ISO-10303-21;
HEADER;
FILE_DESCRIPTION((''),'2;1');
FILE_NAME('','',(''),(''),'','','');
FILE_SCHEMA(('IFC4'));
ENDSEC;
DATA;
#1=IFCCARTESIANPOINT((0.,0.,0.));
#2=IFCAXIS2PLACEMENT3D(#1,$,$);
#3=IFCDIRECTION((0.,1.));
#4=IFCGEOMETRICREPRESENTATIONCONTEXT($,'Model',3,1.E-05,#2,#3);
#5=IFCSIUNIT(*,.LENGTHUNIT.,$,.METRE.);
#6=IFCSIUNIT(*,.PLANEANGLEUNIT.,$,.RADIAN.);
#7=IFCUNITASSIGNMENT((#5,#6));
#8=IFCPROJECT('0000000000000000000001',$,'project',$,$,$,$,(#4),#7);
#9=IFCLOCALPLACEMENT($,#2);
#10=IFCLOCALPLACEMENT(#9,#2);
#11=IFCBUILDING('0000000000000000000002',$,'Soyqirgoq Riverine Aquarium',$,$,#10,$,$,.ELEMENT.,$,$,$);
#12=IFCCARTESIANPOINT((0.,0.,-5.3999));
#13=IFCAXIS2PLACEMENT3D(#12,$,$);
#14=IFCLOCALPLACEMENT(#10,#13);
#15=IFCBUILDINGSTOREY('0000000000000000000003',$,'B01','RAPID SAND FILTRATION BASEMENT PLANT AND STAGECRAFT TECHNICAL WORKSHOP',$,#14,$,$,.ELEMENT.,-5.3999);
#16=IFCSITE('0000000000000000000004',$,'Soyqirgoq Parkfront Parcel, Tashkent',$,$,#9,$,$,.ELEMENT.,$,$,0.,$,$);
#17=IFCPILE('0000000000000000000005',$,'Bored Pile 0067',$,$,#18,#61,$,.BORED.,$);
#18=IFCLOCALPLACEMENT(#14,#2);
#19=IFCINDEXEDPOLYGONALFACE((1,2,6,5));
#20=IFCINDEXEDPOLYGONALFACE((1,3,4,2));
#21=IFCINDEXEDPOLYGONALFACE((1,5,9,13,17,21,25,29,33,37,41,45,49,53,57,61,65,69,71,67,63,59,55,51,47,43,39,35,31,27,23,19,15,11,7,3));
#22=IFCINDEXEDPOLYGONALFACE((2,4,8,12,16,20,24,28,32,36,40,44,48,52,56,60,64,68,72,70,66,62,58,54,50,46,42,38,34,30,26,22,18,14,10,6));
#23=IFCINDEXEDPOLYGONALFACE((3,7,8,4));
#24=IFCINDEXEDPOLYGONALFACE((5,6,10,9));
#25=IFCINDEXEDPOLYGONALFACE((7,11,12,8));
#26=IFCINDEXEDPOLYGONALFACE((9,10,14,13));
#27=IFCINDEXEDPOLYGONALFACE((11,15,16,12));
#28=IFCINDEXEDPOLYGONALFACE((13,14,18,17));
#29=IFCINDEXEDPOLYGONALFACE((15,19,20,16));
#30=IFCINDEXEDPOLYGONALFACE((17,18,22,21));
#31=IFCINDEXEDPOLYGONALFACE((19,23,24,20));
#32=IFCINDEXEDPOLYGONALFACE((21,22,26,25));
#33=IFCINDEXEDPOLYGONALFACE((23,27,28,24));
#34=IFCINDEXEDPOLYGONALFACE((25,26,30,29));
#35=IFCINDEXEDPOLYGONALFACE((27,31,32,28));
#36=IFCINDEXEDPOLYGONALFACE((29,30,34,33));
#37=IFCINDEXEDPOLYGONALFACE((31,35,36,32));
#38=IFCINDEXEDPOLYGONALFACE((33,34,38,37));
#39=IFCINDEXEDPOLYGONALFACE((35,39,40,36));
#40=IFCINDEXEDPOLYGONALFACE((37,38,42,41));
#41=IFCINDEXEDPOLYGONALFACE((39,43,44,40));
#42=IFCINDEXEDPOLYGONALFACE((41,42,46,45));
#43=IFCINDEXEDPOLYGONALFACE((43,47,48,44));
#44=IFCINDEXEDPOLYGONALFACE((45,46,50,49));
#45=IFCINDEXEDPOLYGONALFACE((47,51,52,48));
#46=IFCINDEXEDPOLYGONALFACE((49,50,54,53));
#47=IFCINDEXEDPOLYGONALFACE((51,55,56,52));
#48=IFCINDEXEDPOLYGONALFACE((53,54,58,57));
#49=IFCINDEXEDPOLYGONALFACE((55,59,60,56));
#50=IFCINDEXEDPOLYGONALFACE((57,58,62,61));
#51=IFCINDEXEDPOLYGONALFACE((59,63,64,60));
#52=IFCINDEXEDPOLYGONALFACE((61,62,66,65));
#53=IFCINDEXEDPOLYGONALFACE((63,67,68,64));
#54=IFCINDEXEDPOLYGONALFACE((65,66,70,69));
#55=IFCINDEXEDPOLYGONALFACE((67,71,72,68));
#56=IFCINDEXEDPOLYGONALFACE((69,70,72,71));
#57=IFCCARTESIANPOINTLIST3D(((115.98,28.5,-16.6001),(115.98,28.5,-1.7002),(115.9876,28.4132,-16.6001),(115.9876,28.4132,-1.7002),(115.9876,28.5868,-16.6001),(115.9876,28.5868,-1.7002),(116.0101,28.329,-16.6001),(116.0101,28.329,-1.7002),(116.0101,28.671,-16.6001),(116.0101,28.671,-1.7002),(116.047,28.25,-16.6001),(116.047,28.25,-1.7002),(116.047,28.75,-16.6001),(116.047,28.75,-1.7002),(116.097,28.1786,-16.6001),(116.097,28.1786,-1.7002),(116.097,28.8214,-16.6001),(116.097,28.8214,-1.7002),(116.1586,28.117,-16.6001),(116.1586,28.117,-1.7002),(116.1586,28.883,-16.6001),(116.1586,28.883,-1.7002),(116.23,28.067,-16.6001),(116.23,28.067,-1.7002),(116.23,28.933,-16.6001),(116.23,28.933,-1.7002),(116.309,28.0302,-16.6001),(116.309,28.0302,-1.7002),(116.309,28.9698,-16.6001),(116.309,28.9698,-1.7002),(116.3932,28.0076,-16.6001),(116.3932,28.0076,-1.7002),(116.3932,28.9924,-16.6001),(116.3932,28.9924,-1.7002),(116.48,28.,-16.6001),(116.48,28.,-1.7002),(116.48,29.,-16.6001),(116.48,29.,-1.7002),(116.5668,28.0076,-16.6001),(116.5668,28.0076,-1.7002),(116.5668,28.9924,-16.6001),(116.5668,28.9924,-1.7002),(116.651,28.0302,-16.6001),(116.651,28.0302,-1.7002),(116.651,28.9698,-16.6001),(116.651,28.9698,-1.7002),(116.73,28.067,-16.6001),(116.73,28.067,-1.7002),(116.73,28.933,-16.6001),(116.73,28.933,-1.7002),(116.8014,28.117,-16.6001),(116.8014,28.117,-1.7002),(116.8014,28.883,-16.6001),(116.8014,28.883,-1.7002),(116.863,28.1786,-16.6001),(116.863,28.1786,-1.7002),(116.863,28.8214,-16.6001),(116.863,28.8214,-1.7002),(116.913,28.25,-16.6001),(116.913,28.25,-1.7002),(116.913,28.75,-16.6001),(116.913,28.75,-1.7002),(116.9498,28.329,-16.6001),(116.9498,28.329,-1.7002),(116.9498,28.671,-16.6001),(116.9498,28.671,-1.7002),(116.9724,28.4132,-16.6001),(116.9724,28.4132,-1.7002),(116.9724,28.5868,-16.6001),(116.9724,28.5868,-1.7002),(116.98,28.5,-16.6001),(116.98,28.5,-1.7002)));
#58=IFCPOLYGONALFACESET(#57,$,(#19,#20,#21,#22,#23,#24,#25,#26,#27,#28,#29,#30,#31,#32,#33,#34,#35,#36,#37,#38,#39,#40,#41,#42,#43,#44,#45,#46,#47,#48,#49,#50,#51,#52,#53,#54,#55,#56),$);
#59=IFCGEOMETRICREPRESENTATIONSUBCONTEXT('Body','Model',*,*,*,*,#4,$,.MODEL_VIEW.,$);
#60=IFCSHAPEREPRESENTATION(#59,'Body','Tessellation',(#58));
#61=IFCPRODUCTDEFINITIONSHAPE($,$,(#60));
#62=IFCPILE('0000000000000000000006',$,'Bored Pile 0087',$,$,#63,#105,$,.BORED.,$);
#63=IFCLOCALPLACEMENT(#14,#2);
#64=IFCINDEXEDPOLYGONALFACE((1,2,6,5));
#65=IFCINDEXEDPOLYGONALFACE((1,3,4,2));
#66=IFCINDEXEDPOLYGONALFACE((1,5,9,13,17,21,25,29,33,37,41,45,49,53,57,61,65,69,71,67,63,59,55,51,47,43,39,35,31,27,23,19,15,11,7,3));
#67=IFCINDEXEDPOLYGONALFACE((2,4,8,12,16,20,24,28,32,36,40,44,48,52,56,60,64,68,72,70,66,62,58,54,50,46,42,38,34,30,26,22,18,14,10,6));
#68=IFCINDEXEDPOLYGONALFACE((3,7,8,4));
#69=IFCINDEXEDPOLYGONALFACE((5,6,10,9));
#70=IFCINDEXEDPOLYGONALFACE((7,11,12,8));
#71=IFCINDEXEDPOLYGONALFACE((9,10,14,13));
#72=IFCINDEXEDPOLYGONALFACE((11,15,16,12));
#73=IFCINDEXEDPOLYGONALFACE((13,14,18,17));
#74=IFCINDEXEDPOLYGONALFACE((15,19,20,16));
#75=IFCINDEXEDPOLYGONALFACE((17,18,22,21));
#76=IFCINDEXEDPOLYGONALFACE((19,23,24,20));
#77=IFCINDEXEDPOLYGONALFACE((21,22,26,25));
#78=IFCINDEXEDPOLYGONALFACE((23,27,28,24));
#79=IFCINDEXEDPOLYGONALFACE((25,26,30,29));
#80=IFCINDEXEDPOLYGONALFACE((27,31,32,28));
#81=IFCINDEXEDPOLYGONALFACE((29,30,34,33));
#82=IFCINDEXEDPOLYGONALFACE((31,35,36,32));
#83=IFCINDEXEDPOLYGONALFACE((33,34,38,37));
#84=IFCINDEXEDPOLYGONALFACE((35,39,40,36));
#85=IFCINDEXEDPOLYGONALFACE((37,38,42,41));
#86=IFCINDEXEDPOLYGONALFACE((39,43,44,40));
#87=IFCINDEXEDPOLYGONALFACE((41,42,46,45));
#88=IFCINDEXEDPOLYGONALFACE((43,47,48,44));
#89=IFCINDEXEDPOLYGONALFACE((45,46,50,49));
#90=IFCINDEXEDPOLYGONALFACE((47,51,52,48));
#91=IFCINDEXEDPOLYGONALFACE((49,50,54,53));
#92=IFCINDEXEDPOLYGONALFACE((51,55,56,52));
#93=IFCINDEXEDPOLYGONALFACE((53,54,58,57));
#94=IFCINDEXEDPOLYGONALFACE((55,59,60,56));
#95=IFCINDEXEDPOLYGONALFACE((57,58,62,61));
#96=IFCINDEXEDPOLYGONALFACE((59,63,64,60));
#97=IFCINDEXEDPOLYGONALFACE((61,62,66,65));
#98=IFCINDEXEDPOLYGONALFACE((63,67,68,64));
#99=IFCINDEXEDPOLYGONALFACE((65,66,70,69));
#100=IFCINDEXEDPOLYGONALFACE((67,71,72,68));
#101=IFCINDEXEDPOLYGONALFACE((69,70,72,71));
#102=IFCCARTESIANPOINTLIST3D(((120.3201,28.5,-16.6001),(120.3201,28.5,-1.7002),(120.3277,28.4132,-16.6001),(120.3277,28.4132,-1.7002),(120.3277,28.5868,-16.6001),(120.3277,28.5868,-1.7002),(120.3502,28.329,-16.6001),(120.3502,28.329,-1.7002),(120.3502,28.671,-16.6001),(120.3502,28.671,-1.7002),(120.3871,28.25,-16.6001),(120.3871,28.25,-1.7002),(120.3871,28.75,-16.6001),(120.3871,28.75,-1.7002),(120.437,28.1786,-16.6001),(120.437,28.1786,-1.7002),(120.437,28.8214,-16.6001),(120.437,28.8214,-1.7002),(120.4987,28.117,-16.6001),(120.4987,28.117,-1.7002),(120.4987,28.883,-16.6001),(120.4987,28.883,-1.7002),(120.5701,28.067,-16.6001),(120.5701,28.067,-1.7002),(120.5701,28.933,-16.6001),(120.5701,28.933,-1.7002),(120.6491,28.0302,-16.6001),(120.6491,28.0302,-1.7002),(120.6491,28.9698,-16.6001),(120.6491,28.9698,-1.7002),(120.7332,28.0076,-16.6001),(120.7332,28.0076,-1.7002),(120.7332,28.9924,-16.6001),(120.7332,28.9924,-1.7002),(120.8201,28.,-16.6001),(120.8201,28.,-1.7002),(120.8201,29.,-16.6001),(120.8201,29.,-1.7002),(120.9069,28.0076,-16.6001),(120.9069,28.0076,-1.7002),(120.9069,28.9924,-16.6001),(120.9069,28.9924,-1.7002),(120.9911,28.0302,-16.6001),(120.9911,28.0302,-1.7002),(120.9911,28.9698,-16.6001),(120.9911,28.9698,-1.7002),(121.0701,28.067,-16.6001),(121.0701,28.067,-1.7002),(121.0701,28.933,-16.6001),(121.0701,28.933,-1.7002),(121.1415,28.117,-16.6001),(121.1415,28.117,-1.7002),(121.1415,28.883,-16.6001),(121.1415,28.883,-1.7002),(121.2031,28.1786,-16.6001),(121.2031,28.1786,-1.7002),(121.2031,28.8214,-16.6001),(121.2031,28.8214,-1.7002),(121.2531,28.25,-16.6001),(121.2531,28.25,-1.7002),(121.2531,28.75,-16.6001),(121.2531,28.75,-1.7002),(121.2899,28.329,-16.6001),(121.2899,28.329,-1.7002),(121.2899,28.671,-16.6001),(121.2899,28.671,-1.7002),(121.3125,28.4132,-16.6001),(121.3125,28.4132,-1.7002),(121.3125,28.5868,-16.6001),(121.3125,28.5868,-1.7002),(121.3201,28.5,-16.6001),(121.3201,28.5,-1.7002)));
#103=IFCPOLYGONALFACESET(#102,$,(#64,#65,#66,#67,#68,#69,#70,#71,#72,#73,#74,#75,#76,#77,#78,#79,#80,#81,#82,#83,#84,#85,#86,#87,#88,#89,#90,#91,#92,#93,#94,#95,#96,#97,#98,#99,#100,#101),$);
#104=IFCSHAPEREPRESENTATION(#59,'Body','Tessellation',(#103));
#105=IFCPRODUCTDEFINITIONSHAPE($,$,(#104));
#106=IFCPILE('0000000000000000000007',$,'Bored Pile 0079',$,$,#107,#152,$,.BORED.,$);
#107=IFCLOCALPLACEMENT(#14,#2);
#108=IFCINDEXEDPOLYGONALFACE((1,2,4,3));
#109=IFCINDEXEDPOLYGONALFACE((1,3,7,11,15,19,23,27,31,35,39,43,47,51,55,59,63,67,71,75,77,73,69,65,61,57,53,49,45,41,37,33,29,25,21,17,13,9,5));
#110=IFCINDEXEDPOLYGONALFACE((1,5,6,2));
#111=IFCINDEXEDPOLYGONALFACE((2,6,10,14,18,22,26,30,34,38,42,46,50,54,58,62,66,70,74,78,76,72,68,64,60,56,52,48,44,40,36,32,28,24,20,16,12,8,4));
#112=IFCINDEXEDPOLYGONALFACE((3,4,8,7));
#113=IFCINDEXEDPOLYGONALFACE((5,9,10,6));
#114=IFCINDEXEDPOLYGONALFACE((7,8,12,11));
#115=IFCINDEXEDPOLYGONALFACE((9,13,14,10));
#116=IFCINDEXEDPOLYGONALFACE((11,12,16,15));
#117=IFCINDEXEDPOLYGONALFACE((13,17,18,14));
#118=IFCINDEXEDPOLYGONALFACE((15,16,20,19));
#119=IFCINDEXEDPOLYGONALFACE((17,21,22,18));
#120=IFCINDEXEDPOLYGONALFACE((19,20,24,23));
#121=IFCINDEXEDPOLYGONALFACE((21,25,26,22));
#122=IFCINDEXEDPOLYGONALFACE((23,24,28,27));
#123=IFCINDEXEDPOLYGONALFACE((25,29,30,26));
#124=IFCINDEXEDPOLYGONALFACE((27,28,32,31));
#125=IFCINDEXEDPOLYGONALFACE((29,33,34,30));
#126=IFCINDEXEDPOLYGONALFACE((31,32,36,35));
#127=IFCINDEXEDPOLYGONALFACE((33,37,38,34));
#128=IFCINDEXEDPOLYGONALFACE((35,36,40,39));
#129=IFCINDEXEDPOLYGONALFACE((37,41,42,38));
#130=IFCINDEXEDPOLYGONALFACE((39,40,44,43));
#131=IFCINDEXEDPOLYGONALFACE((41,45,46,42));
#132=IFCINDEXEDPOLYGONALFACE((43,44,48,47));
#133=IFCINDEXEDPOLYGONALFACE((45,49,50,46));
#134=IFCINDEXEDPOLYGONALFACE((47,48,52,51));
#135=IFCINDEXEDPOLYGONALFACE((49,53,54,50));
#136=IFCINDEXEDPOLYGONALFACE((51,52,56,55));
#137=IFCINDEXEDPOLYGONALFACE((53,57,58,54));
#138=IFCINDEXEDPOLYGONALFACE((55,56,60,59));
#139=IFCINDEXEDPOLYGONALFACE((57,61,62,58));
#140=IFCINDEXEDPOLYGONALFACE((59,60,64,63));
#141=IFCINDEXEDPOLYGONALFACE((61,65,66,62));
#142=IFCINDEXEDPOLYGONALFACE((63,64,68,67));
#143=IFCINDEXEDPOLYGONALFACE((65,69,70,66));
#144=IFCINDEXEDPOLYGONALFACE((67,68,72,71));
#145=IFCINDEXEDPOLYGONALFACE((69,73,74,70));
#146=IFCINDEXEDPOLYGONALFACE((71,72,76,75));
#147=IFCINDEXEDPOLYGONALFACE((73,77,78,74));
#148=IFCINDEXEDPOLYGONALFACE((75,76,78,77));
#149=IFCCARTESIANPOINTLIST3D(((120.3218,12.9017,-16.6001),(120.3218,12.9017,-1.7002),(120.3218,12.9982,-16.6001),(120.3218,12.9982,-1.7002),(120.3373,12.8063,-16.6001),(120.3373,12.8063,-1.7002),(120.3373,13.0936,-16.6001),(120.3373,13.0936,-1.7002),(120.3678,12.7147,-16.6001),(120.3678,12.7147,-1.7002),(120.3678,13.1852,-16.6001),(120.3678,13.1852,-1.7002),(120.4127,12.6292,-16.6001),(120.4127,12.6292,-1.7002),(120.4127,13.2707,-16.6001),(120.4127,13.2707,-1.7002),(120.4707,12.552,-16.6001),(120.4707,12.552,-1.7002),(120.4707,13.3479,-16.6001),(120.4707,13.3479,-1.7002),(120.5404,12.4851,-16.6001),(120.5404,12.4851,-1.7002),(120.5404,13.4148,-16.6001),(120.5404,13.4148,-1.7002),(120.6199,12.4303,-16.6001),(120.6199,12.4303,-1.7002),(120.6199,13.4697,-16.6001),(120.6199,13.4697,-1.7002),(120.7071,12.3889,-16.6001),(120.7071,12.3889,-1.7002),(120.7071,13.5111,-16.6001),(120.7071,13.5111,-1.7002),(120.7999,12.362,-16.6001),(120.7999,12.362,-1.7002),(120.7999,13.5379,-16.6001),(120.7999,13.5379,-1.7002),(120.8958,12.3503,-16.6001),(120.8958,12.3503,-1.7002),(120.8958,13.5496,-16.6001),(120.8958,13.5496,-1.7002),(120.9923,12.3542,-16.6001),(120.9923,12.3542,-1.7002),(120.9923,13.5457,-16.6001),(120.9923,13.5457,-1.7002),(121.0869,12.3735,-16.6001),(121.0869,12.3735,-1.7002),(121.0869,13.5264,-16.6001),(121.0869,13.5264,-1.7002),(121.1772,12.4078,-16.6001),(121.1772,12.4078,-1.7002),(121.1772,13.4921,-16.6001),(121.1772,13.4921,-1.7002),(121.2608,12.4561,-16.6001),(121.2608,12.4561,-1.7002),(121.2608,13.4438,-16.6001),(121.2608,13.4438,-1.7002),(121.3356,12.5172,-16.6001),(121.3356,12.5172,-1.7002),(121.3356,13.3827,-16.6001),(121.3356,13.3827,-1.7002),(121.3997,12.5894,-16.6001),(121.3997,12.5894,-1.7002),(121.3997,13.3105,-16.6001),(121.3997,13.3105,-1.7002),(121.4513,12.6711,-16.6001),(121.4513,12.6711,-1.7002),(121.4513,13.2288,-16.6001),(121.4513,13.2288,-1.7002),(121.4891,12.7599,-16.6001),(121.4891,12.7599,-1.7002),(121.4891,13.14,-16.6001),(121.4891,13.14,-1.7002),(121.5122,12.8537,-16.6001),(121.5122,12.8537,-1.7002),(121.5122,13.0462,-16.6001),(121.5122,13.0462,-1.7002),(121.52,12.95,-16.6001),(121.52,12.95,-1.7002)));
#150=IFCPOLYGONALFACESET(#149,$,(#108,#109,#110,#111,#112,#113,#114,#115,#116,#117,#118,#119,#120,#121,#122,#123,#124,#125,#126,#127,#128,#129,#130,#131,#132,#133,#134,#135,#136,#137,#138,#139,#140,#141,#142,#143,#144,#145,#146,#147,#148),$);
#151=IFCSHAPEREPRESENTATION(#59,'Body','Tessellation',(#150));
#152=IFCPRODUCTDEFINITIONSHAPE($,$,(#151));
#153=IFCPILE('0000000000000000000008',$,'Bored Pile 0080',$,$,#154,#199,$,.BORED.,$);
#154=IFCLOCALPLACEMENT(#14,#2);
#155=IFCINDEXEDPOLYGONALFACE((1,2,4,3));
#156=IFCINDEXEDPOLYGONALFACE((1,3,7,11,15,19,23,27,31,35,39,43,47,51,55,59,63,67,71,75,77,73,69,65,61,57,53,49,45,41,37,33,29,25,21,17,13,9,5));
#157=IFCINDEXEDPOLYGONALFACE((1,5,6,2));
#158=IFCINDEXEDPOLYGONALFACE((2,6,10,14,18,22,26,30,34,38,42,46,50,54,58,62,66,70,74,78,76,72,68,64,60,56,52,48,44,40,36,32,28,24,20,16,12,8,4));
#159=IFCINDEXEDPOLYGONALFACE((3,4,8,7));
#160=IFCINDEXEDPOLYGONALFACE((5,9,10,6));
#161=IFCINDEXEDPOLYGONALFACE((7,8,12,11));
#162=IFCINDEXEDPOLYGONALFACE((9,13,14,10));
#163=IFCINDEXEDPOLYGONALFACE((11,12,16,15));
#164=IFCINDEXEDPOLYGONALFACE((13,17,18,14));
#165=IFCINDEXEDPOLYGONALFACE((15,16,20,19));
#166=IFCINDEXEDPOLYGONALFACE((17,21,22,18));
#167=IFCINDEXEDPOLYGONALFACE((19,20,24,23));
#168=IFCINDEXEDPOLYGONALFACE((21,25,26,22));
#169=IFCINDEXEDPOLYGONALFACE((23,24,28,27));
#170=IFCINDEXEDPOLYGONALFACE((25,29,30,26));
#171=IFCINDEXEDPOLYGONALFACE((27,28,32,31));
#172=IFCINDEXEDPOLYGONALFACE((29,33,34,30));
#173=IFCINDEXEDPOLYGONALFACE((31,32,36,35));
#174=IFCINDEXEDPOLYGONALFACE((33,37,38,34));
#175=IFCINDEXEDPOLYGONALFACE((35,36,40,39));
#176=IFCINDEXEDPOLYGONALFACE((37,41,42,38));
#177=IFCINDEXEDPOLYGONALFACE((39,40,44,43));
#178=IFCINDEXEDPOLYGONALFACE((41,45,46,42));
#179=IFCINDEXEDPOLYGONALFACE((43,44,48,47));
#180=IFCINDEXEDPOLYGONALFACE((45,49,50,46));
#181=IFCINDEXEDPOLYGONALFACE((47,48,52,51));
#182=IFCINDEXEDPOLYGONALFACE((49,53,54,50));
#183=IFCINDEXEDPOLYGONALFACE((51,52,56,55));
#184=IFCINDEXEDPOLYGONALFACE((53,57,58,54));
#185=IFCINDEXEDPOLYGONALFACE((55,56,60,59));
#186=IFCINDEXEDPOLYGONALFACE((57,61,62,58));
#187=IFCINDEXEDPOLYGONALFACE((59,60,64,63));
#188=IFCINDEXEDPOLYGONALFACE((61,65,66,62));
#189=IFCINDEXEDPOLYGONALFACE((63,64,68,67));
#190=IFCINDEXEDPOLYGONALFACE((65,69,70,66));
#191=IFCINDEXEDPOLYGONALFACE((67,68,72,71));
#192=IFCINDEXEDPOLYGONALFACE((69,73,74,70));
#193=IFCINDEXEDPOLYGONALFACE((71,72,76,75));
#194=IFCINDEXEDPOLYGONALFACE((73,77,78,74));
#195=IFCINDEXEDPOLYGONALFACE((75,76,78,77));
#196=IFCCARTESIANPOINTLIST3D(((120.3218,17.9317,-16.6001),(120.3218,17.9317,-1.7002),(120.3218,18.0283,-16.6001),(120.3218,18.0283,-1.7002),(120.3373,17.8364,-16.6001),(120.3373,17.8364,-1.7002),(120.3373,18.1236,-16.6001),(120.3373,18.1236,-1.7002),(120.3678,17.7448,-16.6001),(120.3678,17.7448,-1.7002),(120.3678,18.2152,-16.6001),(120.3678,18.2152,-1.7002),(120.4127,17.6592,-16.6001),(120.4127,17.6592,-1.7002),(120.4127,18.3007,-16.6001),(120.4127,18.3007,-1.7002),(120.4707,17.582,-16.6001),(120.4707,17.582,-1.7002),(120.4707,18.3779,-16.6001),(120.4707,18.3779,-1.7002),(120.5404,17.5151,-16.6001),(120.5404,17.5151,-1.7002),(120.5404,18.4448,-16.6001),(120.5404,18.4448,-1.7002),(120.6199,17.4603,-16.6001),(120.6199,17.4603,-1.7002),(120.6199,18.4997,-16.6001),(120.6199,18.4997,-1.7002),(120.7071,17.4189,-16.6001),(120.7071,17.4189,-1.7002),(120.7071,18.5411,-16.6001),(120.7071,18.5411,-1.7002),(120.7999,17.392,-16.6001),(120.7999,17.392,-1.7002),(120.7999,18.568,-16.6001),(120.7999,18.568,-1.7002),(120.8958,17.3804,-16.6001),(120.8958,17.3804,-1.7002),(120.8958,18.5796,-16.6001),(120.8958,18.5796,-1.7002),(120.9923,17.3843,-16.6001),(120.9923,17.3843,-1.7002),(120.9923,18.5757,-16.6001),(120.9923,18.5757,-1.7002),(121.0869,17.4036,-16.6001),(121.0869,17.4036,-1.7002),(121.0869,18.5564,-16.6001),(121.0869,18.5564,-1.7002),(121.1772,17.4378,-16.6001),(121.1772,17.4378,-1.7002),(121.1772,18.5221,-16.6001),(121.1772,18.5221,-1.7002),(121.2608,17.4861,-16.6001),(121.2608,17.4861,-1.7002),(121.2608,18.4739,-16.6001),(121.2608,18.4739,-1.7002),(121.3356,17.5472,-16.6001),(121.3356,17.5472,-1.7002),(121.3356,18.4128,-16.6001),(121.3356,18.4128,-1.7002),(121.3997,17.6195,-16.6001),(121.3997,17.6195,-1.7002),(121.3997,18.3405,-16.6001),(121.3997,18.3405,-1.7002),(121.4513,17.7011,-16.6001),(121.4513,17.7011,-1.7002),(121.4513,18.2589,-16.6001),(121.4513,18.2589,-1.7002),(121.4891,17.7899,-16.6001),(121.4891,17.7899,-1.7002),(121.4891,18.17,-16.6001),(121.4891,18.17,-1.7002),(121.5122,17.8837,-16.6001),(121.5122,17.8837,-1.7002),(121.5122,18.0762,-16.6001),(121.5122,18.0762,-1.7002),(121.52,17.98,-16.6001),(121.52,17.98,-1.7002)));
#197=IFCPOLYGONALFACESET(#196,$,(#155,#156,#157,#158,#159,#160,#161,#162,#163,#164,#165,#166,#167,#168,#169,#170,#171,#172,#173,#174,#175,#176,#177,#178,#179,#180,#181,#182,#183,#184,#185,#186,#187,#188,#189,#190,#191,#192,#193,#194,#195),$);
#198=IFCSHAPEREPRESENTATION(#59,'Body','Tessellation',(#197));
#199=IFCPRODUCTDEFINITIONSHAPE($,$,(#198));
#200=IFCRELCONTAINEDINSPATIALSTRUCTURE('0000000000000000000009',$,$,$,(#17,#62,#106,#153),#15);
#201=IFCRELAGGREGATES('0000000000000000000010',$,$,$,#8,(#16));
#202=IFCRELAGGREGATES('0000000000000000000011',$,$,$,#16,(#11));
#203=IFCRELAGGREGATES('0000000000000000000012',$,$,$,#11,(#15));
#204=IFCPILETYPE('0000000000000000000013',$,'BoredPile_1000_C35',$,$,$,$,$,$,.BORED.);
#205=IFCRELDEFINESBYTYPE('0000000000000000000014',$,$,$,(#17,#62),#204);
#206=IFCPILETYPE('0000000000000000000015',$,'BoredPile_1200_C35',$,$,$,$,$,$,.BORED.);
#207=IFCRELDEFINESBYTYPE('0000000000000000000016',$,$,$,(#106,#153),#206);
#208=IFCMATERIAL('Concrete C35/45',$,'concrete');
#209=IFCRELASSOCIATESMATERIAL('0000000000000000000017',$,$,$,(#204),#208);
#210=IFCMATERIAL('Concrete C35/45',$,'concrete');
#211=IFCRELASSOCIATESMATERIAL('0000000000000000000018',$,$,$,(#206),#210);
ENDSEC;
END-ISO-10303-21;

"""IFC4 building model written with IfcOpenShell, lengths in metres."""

from ifc_helpers import new_model, si_unit, direction, frame, origin, origin_2d, place, context, subcontext, project, spatial, circle, extrude, material, material_profile, profile_set, type_object, element, save


model = new_model("IFC4")

# Units and contexts
model_context = context("Model", 3, precision=1e-05, world=origin(), true_north=direction((0.0, 1.0)))
body_context = subcontext(model_context, "Body", "Model", "MODEL_VIEW")
ifc_project = project(units=[si_unit("LENGTHUNIT", "METRE"), si_unit("PLANEANGLEUNIT", "RADIAN")], contexts=[model_context])

# Site, building, storey
site_placement = place(None, origin())
site = spatial("IfcSite", under=ifc_project, at=site_placement, Name="Soyqirgoq Parkfront Parcel, Tashkent", CompositionType="ELEMENT", RefElevation=0.0)
building_placement = place(site_placement, origin())
building = spatial("IfcBuilding", under=site, at=building_placement, Name="Soyqirgoq Riverine Aquarium", CompositionType="ELEMENT")
storey_placement = place(building_placement, frame((0.0, 0.0, -5.3999)))
storey = spatial("IfcBuildingStorey", under=building, at=storey_placement, Name="B01", Description="RAPID SAND FILTRATION BASEMENT PLANT AND STAGECRAFT TECHNICAL WORKSHOP", CompositionType="ELEMENT", Elevation=-5.3999)

# Piles
ifc_material_1 = material(Name="Concrete C35/45", Category="concrete")
ifc_material_profile_1 = material_profile(ifc_material_1, circle(Radius=0.5, at=origin_2d()), Name="BP D1000")
ifc_profile_set_1 = profile_set([ifc_material_profile_1], Name="Concrete C35/45")
pile_type_1 = type_object("IfcPileType", Name="BoredPile_1000_C35", PredefinedType="BORED", material=ifc_profile_set_1)
for number, where, z_axis, x_axis, name in (
    (1, (116.48, 28.5, -1.7002), (0.0, 0.0, -1.0), (1.0, 0.0, 0.0), "Bored Pile 0067"),
    (2, (120.8201, 28.5, -1.7002), (0.0, 0.0, -1.0), (1.0, 0.0, 0.0), "Bored Pile 0087"),
):
    element("IfcPile", number, at=place(storey_placement, frame(where, z_axis=z_axis, x_axis=x_axis)), inside=storey, type_object=pile_type_1, Name=name, PredefinedType="BORED", context=body_context, shape_type="SweptSolid", body=[
        extrude(circle(Radius=0.5, at=origin_2d()), origin(), (0.0, 0.0, 1.0), 14.8999),
    ])
ifc_material_2 = material(Name="Concrete C35/45", Category="concrete")
ifc_material_profile_2 = material_profile(ifc_material_2, circle(Radius=0.6001, at=origin_2d()), Name="BP D1200")
ifc_profile_set_2 = profile_set([ifc_material_profile_2], Name="Concrete C35/45")
pile_type_2 = type_object("IfcPileType", Name="BoredPile_1200_C35", PredefinedType="BORED", material=ifc_profile_set_2)
for number, where, z_axis, x_axis, name in (
    (3, (120.9199, 12.95, -1.7002), (0.0, 0.0, -1.0), (1.0, 0.0, 0.0), "Bored Pile 0079"),
    (4, (120.9199, 17.98, -1.7002), (0.0, 0.0, -1.0), (1.0, 0.0, 0.0), "Bored Pile 0080"),
):
    element("IfcPile", number, at=place(storey_placement, frame(where, z_axis=z_axis, x_axis=x_axis)), inside=storey, type_object=pile_type_2, Name=name, PredefinedType="BORED", context=body_context, shape_type="SweptSolid", body=[
        extrude(circle(Radius=0.6001, at=origin_2d()), origin(), (0.0, 0.0, 1.0), 14.8999),
    ])

save(model, "model.ifc")
